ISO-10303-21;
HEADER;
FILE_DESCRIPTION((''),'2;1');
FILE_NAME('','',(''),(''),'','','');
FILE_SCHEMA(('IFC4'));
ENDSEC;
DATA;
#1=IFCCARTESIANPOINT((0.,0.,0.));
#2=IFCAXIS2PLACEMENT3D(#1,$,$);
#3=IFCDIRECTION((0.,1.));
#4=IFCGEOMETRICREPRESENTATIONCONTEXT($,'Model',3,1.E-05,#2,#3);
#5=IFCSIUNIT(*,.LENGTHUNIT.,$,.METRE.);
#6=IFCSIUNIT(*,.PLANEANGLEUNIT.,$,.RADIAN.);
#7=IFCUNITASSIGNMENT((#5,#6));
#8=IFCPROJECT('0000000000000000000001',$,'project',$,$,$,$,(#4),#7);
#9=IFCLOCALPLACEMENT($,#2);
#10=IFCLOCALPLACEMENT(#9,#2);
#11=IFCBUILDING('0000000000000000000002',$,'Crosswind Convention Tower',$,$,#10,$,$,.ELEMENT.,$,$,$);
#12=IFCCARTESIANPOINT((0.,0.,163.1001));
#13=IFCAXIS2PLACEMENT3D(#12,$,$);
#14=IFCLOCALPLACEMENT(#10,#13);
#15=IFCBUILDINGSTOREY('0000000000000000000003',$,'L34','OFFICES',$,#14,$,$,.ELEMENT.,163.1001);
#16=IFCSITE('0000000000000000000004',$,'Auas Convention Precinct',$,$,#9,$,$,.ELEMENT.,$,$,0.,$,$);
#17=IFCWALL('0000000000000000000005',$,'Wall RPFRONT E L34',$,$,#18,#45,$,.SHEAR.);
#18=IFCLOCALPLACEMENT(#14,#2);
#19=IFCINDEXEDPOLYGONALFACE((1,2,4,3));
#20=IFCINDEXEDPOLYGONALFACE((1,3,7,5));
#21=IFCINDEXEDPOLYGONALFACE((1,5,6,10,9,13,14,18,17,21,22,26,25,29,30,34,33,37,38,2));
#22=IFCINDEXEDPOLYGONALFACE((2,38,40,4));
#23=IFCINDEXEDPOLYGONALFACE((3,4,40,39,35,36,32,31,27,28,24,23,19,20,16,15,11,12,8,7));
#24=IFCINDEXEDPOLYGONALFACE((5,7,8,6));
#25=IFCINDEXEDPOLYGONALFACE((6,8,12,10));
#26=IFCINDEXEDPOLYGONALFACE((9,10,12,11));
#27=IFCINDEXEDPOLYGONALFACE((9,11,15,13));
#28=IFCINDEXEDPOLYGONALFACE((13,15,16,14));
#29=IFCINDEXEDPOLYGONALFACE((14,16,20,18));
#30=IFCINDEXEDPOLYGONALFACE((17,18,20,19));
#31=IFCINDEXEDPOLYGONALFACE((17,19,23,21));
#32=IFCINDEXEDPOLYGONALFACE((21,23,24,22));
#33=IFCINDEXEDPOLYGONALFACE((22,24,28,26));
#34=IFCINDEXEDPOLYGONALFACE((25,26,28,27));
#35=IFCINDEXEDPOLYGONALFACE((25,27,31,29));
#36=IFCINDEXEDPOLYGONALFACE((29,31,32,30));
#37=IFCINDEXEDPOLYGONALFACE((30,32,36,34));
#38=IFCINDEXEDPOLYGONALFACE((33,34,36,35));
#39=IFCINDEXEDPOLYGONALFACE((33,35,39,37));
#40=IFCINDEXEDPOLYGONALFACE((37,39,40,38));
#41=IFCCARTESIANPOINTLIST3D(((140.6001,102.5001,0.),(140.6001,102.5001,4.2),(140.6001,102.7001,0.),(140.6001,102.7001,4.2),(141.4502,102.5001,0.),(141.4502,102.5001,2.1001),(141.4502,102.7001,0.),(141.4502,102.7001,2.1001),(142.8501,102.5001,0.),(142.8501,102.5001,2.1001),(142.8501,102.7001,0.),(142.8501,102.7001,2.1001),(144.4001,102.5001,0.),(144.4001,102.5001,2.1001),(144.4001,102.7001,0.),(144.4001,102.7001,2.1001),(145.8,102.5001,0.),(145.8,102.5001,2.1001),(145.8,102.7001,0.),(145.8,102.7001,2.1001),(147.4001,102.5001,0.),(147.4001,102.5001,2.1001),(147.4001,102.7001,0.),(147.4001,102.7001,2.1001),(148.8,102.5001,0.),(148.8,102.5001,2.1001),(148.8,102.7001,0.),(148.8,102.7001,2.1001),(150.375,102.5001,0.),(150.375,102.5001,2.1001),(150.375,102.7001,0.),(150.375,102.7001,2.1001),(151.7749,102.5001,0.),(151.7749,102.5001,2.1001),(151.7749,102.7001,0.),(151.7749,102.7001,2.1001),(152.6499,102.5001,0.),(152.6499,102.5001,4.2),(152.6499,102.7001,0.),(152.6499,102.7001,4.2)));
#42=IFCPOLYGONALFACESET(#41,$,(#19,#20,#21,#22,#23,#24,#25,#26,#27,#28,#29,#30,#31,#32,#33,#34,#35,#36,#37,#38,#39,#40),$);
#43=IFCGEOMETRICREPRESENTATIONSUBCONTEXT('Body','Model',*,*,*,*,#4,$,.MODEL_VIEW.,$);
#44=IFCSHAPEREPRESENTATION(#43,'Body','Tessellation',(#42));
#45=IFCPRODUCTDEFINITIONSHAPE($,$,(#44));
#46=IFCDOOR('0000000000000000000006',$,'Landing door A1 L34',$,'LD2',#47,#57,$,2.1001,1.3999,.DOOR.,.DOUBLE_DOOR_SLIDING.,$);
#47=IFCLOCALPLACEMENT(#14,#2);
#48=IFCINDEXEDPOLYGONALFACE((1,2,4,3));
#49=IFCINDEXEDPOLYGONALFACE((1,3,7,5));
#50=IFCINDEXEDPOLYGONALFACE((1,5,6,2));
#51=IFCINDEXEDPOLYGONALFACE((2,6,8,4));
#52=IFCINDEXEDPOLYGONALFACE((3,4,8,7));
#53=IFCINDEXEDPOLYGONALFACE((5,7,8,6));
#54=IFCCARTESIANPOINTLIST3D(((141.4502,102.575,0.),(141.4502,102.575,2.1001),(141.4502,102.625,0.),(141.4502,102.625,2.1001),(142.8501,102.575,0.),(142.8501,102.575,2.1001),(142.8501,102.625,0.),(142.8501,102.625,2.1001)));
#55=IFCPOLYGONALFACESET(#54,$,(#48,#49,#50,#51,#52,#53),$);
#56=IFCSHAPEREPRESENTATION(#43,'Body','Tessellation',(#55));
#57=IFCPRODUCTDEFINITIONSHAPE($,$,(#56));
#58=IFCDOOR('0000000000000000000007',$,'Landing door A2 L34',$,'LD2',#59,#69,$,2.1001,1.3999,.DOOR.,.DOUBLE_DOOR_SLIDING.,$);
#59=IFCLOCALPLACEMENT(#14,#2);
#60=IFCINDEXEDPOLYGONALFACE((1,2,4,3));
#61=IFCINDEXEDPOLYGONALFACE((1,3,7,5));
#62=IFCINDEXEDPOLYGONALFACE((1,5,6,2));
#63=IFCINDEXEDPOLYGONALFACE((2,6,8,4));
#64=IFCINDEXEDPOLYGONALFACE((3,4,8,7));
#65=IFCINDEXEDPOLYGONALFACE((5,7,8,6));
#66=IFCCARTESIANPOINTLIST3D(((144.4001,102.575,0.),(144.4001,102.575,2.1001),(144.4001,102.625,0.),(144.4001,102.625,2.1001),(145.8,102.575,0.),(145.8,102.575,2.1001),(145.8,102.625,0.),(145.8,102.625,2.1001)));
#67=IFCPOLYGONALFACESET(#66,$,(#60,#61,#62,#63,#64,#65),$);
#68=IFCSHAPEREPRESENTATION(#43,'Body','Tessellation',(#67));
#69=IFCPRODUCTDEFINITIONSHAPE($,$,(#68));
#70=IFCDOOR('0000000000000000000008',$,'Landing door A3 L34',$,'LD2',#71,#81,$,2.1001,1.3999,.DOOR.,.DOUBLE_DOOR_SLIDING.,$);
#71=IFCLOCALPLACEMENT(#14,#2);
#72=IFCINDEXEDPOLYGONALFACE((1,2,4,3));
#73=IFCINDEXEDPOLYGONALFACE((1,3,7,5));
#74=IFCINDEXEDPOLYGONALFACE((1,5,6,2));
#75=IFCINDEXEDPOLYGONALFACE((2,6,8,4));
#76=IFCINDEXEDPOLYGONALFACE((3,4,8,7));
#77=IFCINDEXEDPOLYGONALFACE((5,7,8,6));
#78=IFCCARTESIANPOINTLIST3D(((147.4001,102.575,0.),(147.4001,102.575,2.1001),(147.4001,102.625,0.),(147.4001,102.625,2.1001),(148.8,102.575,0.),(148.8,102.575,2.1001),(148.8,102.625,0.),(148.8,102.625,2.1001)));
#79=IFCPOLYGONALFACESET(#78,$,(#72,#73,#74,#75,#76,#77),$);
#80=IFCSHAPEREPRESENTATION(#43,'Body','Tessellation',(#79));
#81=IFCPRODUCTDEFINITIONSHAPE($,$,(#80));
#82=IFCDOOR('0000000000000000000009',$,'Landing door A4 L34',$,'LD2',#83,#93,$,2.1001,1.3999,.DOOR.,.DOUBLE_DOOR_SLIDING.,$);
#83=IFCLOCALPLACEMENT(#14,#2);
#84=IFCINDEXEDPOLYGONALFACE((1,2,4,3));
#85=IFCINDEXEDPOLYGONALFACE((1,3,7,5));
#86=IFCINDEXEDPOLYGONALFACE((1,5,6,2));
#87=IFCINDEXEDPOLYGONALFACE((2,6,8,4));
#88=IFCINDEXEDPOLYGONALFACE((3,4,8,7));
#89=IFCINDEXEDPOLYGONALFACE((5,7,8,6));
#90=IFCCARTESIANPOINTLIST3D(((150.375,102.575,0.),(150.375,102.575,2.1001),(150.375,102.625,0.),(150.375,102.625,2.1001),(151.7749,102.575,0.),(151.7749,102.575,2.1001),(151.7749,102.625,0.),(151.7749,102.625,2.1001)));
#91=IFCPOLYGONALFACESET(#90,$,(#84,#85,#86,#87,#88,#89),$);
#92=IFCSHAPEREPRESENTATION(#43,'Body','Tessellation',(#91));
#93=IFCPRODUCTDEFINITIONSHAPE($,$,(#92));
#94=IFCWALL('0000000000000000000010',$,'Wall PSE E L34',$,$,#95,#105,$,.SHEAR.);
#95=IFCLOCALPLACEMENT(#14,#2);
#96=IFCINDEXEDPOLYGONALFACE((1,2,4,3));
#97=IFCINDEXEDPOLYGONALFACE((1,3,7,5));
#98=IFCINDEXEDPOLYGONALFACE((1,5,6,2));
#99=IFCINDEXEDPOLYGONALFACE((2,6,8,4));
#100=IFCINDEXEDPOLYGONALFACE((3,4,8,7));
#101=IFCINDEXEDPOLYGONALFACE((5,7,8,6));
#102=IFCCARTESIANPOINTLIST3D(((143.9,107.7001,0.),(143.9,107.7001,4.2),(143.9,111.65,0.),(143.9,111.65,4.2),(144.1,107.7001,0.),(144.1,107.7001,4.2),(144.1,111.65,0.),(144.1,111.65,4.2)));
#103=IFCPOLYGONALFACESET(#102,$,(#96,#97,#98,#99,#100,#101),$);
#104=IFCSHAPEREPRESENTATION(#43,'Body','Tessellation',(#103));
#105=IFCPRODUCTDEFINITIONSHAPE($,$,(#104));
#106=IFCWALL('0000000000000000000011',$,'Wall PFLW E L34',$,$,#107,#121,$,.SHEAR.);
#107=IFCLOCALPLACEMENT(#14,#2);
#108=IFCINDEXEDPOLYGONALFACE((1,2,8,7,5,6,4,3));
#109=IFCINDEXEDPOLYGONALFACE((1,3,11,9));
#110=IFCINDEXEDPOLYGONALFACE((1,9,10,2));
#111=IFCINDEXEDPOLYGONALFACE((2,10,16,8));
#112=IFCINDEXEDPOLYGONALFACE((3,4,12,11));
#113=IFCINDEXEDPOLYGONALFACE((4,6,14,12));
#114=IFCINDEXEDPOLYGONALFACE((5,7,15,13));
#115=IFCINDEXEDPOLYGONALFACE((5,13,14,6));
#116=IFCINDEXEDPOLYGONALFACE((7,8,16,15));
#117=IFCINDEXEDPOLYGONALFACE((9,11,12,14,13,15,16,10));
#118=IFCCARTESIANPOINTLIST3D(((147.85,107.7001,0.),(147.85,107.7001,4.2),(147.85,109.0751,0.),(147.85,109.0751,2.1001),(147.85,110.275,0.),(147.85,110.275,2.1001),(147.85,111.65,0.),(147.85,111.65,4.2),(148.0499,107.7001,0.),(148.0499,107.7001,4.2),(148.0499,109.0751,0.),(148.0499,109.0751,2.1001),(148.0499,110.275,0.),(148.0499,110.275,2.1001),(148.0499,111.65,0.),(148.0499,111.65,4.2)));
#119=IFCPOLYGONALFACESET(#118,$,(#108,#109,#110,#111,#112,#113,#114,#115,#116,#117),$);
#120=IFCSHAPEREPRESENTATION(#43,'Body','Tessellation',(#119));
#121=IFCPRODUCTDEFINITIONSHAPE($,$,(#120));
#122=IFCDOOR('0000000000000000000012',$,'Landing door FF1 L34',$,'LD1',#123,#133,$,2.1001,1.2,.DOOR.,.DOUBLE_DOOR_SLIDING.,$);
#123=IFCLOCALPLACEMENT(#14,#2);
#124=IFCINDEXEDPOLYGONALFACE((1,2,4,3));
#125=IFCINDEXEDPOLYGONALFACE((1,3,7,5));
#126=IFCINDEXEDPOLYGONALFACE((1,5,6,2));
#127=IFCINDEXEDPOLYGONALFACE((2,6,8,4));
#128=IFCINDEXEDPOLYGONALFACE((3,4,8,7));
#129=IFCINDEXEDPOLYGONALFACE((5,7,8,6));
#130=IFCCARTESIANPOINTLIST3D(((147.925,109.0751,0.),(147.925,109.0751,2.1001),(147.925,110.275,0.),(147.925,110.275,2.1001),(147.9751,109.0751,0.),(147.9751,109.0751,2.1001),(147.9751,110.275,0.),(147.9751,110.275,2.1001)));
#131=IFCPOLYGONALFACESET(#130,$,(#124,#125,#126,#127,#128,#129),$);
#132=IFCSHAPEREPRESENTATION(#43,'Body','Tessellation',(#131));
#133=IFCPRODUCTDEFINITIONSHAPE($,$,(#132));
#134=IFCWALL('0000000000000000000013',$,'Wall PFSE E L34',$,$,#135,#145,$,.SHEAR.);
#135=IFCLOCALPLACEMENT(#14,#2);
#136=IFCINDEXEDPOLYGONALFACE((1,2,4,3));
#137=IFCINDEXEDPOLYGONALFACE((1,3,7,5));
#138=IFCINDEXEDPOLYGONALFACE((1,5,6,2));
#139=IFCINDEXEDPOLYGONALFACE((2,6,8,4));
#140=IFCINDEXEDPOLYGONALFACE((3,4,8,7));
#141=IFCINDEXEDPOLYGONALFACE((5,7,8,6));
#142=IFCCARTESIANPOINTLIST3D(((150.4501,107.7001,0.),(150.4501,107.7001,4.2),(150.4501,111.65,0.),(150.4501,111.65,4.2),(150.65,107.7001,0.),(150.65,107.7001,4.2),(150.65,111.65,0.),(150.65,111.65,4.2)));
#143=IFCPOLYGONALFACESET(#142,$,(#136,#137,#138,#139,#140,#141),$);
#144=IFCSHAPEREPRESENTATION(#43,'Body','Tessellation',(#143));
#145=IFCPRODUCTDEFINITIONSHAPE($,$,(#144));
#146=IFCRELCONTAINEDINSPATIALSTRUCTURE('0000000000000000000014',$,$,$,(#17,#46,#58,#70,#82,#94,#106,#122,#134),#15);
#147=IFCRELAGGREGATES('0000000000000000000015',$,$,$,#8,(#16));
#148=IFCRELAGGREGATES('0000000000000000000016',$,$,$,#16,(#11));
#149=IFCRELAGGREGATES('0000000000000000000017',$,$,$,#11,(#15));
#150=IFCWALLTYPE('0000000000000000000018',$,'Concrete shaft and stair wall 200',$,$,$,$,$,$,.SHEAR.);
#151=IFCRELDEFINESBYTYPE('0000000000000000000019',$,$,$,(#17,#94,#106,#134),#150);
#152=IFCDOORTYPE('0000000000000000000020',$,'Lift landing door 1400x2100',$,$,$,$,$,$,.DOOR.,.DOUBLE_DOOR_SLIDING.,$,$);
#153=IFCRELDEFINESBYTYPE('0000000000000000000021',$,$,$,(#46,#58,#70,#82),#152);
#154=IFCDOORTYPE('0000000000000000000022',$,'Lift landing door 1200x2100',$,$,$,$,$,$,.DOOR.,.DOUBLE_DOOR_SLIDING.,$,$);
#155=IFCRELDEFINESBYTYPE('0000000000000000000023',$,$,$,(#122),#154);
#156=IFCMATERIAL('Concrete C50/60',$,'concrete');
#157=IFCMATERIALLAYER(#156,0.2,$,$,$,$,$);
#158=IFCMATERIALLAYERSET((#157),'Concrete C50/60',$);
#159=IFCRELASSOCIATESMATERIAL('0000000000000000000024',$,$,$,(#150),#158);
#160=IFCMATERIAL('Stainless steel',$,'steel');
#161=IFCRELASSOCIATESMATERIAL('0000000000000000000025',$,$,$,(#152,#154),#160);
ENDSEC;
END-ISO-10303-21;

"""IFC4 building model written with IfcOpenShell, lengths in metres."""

from ifc_helpers import new_model, si_unit, direction, frame, frame_2d, origin, place, context, subcontext, project, spatial, rectangle, extrude, material, layer, layer_set, type_object, element, fill, save


model = new_model("IFC4")

# Units and contexts
model_context = context("Model", 3, precision=1e-05, world=origin(), true_north=direction((0.0, 1.0)))
body_context = subcontext(model_context, "Body", "Model", "MODEL_VIEW")
ifc_project = project(units=[si_unit("LENGTHUNIT", "METRE"), si_unit("PLANEANGLEUNIT", "RADIAN")], contexts=[model_context])

# Site, building, storey
site_placement = place(None, origin())
site = spatial("IfcSite", under=ifc_project, at=site_placement, Name="Auas Convention Precinct", CompositionType="ELEMENT", RefElevation=0.0)
building_placement = place(site_placement, origin())
building = spatial("IfcBuilding", under=site, at=building_placement, Name="Crosswind Convention Tower", CompositionType="ELEMENT")
storey_placement = place(building_placement, frame((0.0, 0.0, 163.1001)))
storey = spatial("IfcBuildingStorey", under=building, at=storey_placement, Name="L34", Description="OFFICES", CompositionType="ELEMENT", Elevation=163.1001)

# Shared definitions
ifc_material_1 = material(Name="Concrete C50/60", Category="concrete")
ifc_layer_1 = layer(ifc_material_1, 0.2)
ifc_layer_set_1 = layer_set([ifc_layer_1], Name="Concrete C50/60")
wall_type_1 = type_object("IfcWallType", Name="Concrete shaft and stair wall 200", PredefinedType="SHEAR", material=ifc_layer_set_1)

# Wall, openings, doors
wall_1_placement = place(storey_placement, frame((140.6001, 102.6001, 0.0), z_axis=(0.0, 0.0, 1.0), x_axis=(1.0, 0.0, 0.0)))
wall_1 = element("IfcWall", 1, at=wall_1_placement, inside=storey, type_object=wall_type_1, Name="Wall RPFRONT E L34", PredefinedType="SHEAR", context=body_context, shape_type="SweptSolid", body=[
    extrude(rectangle(XDim=12.0498, YDim=0.2, at=frame_2d((6.0249, 0.0))), origin(), (0.0, 0.0, 1.0), 4.2),
])
opening_1_placement = place(wall_1_placement, frame((0.8501, 0.0, 0.0)))
opening_1 = element("IfcOpeningElement", 2, at=opening_1_placement, cuts=wall_1, PredefinedType="OPENING", context=body_context, shape_type="SweptSolid", body=[
    extrude(rectangle(XDim=1.3999, YDim=2.1001, at=frame_2d((0.7, 1.05))), frame((0.0, 0.1099, 0.0), z_axis=(0.0, -1.0, 0.0), x_axis=(1.0, 0.0, 0.0)), (0.0, 0.0, 1.0), 0.22),
])
opening_2_placement = place(wall_1_placement, frame((3.8, 0.0, 0.0)))
opening_2 = element("IfcOpeningElement", 3, at=opening_2_placement, cuts=wall_1, PredefinedType="OPENING", context=body_context, shape_type="SweptSolid", body=[
    extrude(rectangle(XDim=1.3999, YDim=2.1001, at=frame_2d((0.7, 1.05))), frame((0.0, 0.1099, 0.0), z_axis=(0.0, -1.0, 0.0), x_axis=(1.0, 0.0, 0.0)), (0.0, 0.0, 1.0), 0.22),
])
opening_3_placement = place(wall_1_placement, frame((6.8, 0.0, 0.0)))
opening_3 = element("IfcOpeningElement", 4, at=opening_3_placement, cuts=wall_1, PredefinedType="OPENING", context=body_context, shape_type="SweptSolid", body=[
    extrude(rectangle(XDim=1.3999, YDim=2.1001, at=frame_2d((0.7, 1.05))), frame((0.0, 0.1099, 0.0), z_axis=(0.0, -1.0, 0.0), x_axis=(1.0, 0.0, 0.0)), (0.0, 0.0, 1.0), 0.22),
])
opening_4_placement = place(wall_1_placement, frame((9.7749, 0.0, 0.0)))
opening_4 = element("IfcOpeningElement", 5, at=opening_4_placement, cuts=wall_1, PredefinedType="OPENING", context=body_context, shape_type="SweptSolid", body=[
    extrude(rectangle(XDim=1.3999, YDim=2.1001, at=frame_2d((0.7, 1.05))), frame((0.0, 0.1099, 0.0), z_axis=(0.0, -1.0, 0.0), x_axis=(1.0, 0.0, 0.0)), (0.0, 0.0, 1.0), 0.22),
])
ifc_material_2 = material(Name="Stainless steel", Category="steel")
door_type_1 = type_object("IfcDoorType", Name="Lift landing door 1400x2100", OperationType="DOUBLE_DOOR_SLIDING", PredefinedType="DOOR", material=ifc_material_2)
door_1_placement = place(opening_1_placement, origin())
door_1 = element("IfcDoor", 6, at=door_1_placement, inside=storey, type_object=door_type_1, Name="Landing door A1 L34", ObjectType="LD2", OperationType="DOUBLE_DOOR_SLIDING", OverallHeight=2.1001, OverallWidth=1.3999, PredefinedType="DOOR", context=body_context, shape_type="SweptSolid", body=[
    extrude(rectangle(XDim=1.3999, YDim=2.1001, at=frame_2d((0.7, 1.05))), frame((0.0, 0.0249, 0.0), z_axis=(0.0, -1.0, 0.0), x_axis=(1.0, 0.0, 0.0)), (0.0, 0.0, 1.0), 0.05),
])
fill(opening_1, door_1)
door_2_placement = place(opening_2_placement, origin())
door_2 = element("IfcDoor", 7, at=door_2_placement, inside=storey, type_object=door_type_1, Name="Landing door A2 L34", ObjectType="LD2", OperationType="DOUBLE_DOOR_SLIDING", OverallHeight=2.1001, OverallWidth=1.3999, PredefinedType="DOOR", context=body_context, shape_type="SweptSolid", body=[
    extrude(rectangle(XDim=1.3999, YDim=2.1001, at=frame_2d((0.7, 1.05))), frame((0.0, 0.0249, 0.0), z_axis=(0.0, -1.0, 0.0), x_axis=(1.0, 0.0, 0.0)), (0.0, 0.0, 1.0), 0.05),
])
fill(opening_2, door_2)
door_3_placement = place(opening_3_placement, origin())
door_3 = element("IfcDoor", 8, at=door_3_placement, inside=storey, type_object=door_type_1, Name="Landing door A3 L34", ObjectType="LD2", OperationType="DOUBLE_DOOR_SLIDING", OverallHeight=2.1001, OverallWidth=1.3999, PredefinedType="DOOR", context=body_context, shape_type="SweptSolid", body=[
    extrude(rectangle(XDim=1.3999, YDim=2.1001, at=frame_2d((0.7, 1.05))), frame((0.0, 0.0249, 0.0), z_axis=(0.0, -1.0, 0.0), x_axis=(1.0, 0.0, 0.0)), (0.0, 0.0, 1.0), 0.05),
])
fill(opening_3, door_3)
door_4_placement = place(opening_4_placement, origin())
door_4 = element("IfcDoor", 9, at=door_4_placement, inside=storey, type_object=door_type_1, Name="Landing door A4 L34", ObjectType="LD2", OperationType="DOUBLE_DOOR_SLIDING", OverallHeight=2.1001, OverallWidth=1.3999, PredefinedType="DOOR", context=body_context, shape_type="SweptSolid", body=[
    extrude(rectangle(XDim=1.3999, YDim=2.1001, at=frame_2d((0.7, 1.05))), frame((0.0, 0.0249, 0.0), z_axis=(0.0, -1.0, 0.0), x_axis=(1.0, 0.0, 0.0)), (0.0, 0.0, 1.0), 0.05),
])
fill(opening_4, door_4)

# Wall
wall_2_placement = place(storey_placement, frame((144.0, 107.7, 0.0), z_axis=(0.0, 0.0, 1.0), x_axis=(0.0, 1.0, 0.0)))
element("IfcWall", 10, at=wall_2_placement, inside=storey, type_object=wall_type_1, Name="Wall PSE E L34", PredefinedType="SHEAR", context=body_context, shape_type="SweptSolid", body=[
    extrude(rectangle(XDim=3.95, YDim=0.2, at=frame_2d((1.9751, 0.0))), origin(), (0.0, 0.0, 1.0), 4.2),
])

# Wall, opening, door
wall_3_placement = place(storey_placement, frame((147.95, 107.7, 0.0), z_axis=(0.0, 0.0, 1.0), x_axis=(0.0, 1.0, 0.0)))
wall_3 = element("IfcWall", 11, at=wall_3_placement, inside=storey, type_object=wall_type_1, Name="Wall PFLW E L34", PredefinedType="SHEAR", context=body_context, shape_type="SweptSolid", body=[
    extrude(rectangle(XDim=3.95, YDim=0.2, at=frame_2d((1.9751, 0.0))), origin(), (0.0, 0.0, 1.0), 4.2),
])
opening_5_placement = place(wall_3_placement, frame((1.375, 0.0, 0.0)))
opening_5 = element("IfcOpeningElement", 12, at=opening_5_placement, cuts=wall_3, PredefinedType="OPENING", context=body_context, shape_type="SweptSolid", body=[
    extrude(rectangle(XDim=1.2, YDim=2.1001, at=frame_2d((0.6001, 1.05))), frame((0.0, 0.1099, 0.0), z_axis=(0.0, -1.0, 0.0), x_axis=(1.0, 0.0, 0.0)), (0.0, 0.0, 1.0), 0.22),
])
door_type_2 = type_object("IfcDoorType", Name="Lift landing door 1200x2100", OperationType="DOUBLE_DOOR_SLIDING", PredefinedType="DOOR", material=ifc_material_2)
door_5_placement = place(opening_5_placement, origin())
door_5 = element("IfcDoor", 13, at=door_5_placement, inside=storey, type_object=door_type_2, Name="Landing door FF1 L34", ObjectType="LD1", OperationType="DOUBLE_DOOR_SLIDING", OverallHeight=2.1001, OverallWidth=1.2, PredefinedType="DOOR", context=body_context, shape_type="SweptSolid", body=[
    extrude(rectangle(XDim=1.2, YDim=2.1001, at=frame_2d((0.6001, 1.05))), frame((0.0, 0.0249, 0.0), z_axis=(0.0, -1.0, 0.0), x_axis=(1.0, 0.0, 0.0)), (0.0, 0.0, 1.0), 0.05),
])
fill(opening_5, door_5)

# Wall
wall_4_placement = place(storey_placement, frame((150.55, 107.7, 0.0), z_axis=(0.0, 0.0, 1.0), x_axis=(0.0, 1.0, 0.0)))
element("IfcWall", 14, at=wall_4_placement, inside=storey, type_object=wall_type_1, Name="Wall PFSE E L34", PredefinedType="SHEAR", context=body_context, shape_type="SweptSolid", body=[
    extrude(rectangle(XDim=3.95, YDim=0.2, at=frame_2d((1.9751, 0.0))), origin(), (0.0, 0.0, 1.0), 4.2),
])

save(model, "model.ifc")
